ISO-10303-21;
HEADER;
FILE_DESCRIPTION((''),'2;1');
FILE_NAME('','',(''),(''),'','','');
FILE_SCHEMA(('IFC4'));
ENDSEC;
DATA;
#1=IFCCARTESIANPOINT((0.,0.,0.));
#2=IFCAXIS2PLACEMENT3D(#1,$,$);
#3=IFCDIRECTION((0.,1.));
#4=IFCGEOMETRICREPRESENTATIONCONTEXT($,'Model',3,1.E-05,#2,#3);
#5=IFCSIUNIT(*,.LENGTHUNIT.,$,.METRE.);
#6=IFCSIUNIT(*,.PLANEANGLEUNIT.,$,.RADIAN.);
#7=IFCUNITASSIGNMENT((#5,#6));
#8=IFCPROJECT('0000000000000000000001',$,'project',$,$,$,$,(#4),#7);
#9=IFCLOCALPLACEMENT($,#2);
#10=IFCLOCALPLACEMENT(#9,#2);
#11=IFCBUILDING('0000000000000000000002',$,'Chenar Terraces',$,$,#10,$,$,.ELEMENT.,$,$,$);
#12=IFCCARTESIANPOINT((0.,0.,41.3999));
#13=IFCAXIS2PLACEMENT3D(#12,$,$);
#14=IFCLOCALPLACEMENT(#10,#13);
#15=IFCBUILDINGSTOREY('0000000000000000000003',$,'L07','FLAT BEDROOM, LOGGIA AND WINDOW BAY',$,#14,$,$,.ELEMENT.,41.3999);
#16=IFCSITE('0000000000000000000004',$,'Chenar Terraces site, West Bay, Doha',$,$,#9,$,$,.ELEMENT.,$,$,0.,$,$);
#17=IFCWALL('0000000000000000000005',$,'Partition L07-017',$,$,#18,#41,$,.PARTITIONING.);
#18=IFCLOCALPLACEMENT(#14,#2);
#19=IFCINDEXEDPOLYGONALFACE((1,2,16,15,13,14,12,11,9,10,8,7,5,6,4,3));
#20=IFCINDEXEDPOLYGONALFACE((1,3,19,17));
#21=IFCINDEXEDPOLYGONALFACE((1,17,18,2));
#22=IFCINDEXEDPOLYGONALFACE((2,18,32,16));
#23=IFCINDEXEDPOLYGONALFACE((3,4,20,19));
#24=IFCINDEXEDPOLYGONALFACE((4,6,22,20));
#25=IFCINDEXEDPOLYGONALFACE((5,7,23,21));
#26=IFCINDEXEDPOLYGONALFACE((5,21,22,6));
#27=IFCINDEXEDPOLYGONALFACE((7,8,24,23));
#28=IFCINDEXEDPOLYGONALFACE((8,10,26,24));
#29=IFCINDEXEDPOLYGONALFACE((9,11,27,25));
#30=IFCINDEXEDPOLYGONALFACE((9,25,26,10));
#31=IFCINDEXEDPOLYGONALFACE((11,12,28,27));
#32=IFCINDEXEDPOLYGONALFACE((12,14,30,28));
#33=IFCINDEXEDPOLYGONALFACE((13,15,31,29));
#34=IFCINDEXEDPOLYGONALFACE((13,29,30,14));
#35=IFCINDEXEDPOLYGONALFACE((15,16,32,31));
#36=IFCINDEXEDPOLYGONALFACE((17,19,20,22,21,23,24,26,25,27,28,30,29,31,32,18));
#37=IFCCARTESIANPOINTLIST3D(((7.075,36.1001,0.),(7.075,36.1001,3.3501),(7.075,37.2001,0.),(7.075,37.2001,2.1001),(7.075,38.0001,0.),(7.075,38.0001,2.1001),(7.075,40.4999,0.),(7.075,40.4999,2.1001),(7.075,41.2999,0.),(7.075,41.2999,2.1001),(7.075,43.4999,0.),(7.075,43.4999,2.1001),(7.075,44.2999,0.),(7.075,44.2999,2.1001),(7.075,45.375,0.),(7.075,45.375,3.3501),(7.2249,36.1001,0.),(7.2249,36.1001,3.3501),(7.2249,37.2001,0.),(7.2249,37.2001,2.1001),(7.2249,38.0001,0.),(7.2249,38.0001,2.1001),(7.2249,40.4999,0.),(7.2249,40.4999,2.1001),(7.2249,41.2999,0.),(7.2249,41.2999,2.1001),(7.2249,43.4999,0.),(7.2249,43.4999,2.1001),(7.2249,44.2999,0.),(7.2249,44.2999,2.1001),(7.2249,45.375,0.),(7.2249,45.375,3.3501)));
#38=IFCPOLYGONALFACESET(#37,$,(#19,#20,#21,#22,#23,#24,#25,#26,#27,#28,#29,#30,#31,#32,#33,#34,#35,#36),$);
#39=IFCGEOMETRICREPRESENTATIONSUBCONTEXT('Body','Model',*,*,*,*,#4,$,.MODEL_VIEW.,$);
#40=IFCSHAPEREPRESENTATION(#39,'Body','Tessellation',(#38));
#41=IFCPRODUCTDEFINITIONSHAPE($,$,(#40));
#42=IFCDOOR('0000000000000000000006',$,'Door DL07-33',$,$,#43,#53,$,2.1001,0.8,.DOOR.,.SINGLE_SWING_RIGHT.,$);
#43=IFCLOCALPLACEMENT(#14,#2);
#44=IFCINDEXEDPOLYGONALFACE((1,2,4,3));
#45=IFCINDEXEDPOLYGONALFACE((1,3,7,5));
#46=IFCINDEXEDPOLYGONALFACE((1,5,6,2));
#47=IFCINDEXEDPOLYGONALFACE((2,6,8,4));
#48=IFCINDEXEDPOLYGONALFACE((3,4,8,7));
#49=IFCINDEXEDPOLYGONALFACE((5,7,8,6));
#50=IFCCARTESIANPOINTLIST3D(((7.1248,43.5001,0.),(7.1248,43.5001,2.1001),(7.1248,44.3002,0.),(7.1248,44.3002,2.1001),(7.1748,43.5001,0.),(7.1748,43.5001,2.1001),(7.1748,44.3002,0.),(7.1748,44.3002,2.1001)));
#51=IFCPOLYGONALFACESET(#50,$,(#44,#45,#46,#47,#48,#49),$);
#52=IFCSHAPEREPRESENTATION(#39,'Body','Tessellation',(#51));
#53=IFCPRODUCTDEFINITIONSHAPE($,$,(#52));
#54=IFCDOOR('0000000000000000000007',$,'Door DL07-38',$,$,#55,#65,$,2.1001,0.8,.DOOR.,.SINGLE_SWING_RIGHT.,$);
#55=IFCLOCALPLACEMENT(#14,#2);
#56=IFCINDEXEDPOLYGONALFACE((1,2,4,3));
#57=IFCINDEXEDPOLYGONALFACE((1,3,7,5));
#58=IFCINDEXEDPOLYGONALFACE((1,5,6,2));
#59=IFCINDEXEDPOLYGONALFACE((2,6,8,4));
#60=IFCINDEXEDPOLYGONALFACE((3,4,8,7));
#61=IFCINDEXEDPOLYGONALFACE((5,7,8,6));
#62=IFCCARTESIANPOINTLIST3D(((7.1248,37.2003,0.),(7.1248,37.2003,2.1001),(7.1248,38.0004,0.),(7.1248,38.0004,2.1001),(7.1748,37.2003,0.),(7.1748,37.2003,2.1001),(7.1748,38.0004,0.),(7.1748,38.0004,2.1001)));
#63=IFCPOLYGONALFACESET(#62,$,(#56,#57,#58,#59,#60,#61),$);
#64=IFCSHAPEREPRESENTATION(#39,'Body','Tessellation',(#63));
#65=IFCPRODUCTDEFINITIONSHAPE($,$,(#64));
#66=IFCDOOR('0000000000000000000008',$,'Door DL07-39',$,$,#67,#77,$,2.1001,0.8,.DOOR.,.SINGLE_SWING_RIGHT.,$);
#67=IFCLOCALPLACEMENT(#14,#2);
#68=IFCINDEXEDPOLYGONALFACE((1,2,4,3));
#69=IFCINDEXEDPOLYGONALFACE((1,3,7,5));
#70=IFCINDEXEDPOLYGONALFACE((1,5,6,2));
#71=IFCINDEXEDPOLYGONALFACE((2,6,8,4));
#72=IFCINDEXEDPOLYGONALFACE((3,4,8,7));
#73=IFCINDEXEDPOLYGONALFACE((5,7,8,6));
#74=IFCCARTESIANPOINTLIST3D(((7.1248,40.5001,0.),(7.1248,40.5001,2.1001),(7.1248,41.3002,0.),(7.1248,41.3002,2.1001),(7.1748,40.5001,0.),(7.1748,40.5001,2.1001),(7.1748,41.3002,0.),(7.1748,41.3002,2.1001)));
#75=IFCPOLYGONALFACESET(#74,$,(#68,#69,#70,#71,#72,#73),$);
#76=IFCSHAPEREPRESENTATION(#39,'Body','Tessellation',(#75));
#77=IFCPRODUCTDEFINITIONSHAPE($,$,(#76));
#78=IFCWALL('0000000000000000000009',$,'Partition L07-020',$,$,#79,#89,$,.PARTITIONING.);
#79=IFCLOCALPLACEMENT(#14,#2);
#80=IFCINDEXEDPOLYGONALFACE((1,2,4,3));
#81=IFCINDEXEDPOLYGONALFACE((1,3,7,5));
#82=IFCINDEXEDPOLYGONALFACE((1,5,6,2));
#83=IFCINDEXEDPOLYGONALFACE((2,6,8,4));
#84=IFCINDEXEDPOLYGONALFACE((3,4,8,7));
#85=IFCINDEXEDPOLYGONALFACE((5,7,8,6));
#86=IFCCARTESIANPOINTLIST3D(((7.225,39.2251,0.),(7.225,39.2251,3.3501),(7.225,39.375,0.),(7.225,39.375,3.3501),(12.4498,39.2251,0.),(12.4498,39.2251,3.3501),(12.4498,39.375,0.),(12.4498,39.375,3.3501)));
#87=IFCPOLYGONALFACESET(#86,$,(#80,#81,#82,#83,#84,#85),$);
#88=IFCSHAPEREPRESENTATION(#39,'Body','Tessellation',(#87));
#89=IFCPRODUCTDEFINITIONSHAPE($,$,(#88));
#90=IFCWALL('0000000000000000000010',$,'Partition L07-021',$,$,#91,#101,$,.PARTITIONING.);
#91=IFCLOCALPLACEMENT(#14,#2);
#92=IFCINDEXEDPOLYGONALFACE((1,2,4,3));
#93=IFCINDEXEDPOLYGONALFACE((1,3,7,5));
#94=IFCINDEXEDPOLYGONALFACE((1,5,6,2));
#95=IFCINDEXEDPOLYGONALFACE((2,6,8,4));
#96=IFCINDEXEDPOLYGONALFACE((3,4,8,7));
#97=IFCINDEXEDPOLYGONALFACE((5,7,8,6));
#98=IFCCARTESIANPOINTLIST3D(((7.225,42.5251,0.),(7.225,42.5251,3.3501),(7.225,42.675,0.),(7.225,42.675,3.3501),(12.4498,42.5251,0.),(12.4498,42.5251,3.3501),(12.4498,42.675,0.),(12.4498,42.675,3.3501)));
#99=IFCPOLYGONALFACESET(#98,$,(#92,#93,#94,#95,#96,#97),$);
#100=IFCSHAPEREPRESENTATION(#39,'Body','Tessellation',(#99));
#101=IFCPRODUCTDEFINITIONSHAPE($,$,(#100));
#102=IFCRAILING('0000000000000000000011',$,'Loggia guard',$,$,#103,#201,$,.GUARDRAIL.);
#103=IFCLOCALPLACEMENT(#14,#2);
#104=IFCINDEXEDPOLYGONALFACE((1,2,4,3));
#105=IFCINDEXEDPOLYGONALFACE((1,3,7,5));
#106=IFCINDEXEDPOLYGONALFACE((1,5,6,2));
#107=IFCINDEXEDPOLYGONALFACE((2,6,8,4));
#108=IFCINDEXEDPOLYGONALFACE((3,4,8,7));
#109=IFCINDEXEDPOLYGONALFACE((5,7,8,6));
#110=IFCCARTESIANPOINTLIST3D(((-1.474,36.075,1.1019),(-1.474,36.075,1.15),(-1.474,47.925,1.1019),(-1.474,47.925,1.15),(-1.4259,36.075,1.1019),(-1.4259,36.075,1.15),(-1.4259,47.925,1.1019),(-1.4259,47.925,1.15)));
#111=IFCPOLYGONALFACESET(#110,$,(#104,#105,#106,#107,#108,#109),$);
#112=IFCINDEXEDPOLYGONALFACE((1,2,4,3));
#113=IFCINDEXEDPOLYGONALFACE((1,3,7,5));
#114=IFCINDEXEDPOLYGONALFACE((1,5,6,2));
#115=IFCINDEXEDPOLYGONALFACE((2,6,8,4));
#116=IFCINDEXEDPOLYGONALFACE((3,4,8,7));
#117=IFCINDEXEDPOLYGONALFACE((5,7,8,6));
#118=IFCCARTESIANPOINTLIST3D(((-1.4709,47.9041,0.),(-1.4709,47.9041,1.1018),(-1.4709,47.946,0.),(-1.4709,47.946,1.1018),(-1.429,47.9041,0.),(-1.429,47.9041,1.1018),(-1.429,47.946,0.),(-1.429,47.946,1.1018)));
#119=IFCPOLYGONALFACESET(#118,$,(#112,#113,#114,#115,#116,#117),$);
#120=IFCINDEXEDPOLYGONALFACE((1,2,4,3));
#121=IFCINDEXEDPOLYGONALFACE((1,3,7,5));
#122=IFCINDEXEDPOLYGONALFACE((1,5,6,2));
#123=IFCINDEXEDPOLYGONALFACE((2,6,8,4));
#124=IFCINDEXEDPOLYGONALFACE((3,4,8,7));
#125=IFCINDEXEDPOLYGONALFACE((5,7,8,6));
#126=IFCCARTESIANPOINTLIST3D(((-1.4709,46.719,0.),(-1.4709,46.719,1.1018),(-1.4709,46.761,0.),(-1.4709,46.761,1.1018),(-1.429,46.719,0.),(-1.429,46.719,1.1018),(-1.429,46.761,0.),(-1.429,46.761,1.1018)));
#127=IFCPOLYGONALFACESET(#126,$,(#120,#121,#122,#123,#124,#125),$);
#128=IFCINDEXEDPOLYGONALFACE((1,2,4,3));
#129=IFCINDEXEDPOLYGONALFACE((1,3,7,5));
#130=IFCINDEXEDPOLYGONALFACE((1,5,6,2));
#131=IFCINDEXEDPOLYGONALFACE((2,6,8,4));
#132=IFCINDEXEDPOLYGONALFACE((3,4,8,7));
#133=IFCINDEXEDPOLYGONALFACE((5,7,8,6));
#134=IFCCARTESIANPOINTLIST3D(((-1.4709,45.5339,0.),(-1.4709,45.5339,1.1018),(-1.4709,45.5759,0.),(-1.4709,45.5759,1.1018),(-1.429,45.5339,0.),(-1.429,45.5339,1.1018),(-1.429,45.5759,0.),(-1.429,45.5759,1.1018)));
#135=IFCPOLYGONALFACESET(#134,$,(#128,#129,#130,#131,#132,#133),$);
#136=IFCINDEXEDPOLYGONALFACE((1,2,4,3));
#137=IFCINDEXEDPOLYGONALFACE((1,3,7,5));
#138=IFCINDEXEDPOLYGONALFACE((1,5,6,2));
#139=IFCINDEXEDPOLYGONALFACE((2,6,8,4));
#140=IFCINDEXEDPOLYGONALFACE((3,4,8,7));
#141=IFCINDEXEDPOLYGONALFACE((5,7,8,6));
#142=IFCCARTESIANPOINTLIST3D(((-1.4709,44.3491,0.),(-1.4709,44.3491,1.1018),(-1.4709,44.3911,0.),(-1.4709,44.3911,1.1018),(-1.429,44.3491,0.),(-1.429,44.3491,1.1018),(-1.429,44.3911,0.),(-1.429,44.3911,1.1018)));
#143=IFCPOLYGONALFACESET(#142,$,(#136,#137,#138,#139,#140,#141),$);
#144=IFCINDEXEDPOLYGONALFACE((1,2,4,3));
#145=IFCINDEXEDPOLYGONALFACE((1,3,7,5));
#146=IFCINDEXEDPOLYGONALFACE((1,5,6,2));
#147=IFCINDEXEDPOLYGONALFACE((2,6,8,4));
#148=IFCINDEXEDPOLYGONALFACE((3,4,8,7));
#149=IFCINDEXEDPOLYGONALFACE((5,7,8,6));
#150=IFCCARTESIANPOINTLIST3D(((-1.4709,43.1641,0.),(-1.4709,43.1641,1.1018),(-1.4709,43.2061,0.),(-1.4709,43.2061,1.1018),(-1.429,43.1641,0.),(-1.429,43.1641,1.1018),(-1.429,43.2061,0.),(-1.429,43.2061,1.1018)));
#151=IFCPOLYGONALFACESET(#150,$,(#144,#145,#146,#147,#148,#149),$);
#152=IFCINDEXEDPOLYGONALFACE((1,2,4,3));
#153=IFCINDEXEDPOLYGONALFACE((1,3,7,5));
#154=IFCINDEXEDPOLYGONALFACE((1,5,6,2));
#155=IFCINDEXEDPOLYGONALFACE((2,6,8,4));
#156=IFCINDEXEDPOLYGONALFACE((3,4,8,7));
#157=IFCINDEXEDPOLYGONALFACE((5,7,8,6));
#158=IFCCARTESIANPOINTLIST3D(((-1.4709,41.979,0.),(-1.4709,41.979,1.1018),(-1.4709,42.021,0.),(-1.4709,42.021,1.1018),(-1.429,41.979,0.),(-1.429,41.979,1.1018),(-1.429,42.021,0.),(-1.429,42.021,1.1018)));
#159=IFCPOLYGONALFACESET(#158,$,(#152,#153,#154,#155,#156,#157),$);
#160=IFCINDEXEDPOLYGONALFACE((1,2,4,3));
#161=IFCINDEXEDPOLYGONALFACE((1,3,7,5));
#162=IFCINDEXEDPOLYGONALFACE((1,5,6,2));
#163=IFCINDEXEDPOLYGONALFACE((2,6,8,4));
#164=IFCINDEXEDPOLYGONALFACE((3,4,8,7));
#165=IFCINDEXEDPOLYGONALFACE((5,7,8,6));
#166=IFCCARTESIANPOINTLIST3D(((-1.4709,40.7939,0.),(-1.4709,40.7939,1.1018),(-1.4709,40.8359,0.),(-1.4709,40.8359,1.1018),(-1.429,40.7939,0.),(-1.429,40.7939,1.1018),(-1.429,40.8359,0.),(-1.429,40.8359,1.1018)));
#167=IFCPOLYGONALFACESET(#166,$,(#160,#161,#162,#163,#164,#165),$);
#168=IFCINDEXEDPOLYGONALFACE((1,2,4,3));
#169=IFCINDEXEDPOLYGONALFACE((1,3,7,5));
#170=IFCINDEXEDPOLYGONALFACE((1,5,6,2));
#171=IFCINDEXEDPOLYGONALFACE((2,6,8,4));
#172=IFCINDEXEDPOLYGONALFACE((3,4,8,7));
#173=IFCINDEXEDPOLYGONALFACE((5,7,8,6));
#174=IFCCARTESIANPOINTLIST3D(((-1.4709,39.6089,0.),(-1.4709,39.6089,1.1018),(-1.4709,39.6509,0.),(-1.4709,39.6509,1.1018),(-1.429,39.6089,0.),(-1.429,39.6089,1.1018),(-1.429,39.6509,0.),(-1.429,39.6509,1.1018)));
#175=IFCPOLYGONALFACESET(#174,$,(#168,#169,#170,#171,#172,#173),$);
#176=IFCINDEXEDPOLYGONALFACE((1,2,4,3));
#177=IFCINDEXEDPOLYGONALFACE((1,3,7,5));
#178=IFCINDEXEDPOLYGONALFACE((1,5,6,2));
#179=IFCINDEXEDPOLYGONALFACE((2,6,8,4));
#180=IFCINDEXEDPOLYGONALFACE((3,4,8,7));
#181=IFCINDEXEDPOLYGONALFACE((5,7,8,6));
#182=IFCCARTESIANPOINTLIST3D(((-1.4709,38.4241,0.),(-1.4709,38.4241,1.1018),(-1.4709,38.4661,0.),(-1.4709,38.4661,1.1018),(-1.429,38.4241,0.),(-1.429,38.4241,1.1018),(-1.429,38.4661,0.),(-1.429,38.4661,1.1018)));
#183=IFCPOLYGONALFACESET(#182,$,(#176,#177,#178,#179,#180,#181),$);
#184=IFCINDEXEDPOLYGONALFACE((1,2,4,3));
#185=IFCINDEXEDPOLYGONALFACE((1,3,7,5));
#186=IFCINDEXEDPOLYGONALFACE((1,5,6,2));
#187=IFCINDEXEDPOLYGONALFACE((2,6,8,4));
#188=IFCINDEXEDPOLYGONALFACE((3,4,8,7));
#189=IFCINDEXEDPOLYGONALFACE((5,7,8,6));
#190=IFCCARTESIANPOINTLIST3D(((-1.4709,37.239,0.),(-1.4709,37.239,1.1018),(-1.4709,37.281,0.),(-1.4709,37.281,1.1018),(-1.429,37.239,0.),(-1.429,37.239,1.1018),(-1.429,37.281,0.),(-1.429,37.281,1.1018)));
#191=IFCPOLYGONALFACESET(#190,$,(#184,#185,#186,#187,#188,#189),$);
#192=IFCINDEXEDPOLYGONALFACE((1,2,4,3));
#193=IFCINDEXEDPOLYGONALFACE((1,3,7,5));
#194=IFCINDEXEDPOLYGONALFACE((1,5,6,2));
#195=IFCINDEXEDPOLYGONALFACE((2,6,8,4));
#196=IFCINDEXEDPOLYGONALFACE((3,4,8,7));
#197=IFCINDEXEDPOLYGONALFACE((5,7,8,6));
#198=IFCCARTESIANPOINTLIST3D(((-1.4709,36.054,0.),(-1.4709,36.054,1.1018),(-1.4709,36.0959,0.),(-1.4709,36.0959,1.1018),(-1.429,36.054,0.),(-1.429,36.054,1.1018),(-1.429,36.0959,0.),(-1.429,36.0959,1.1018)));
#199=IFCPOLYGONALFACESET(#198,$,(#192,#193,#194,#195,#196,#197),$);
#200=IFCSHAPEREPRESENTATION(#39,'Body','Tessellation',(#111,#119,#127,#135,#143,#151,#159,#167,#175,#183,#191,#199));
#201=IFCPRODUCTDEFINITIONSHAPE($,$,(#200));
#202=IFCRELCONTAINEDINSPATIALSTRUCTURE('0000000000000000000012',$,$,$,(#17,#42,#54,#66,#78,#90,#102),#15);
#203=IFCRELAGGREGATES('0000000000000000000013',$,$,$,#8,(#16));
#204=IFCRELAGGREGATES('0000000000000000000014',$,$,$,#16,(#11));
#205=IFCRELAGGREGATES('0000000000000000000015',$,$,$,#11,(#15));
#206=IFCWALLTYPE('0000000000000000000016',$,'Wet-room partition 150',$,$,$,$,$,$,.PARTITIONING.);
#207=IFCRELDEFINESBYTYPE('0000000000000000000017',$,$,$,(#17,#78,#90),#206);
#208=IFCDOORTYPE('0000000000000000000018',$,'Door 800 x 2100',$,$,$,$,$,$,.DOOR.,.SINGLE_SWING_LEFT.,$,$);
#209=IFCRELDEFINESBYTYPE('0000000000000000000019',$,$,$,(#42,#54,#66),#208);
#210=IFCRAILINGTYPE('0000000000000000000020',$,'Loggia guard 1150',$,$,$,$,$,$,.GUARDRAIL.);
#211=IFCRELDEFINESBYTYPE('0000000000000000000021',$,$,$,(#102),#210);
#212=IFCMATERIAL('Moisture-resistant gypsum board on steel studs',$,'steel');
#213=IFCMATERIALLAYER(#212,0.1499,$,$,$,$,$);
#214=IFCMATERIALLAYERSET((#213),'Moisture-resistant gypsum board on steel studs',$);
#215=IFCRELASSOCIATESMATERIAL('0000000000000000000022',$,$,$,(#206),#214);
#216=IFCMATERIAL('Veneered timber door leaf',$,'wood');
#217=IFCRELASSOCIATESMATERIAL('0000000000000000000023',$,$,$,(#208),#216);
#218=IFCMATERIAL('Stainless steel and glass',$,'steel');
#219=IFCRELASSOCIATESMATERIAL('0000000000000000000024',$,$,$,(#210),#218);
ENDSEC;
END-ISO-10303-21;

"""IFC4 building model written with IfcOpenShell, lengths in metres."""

from ifc_helpers import new_model, si_unit, direction, frame, frame_2d, origin, origin_2d, place, context, subcontext, project, spatial, rectangle, extrude, material, layer, layer_set, type_object, element, fill, save


model = new_model("IFC4")

# Units and contexts
model_context = context("Model", 3, precision=1e-05, world=origin(), true_north=direction((0.0, 1.0)))
body_context = subcontext(model_context, "Body", "Model", "MODEL_VIEW")
ifc_project = project(units=[si_unit("LENGTHUNIT", "METRE"), si_unit("PLANEANGLEUNIT", "RADIAN")], contexts=[model_context])

# Site, building, storey
site_placement = place(None, origin())
site = spatial("IfcSite", under=ifc_project, at=site_placement, Name="Chenar Terraces site, West Bay, Doha", CompositionType="ELEMENT", RefElevation=0.0)
building_placement = place(site_placement, origin())
building = spatial("IfcBuilding", under=site, at=building_placement, Name="Chenar Terraces", CompositionType="ELEMENT")
storey_placement = place(building_placement, frame((0.0, 0.0, 41.3999)))
storey = spatial("IfcBuildingStorey", under=building, at=storey_placement, Name="L07", Description="FLAT BEDROOM, LOGGIA AND WINDOW BAY", CompositionType="ELEMENT", Elevation=41.3999)

# Shared definitions
ifc_material_1 = material(Name="Moisture-resistant gypsum board on steel studs", Category="steel")
ifc_layer_1 = layer(ifc_material_1, 0.1499)
ifc_layer_set_1 = layer_set([ifc_layer_1], Name="Moisture-resistant gypsum board on steel studs")
wall_type_1 = type_object("IfcWallType", Name="Wet-room partition 150", PredefinedType="PARTITIONING", material=ifc_layer_set_1)

# Shared definitions
ifc_material_2 = material(Name="Veneered timber door leaf", Category="wood")
door_type_1 = type_object("IfcDoorType", Name="Door 800 x 2100", OperationType="SINGLE_SWING_LEFT", PredefinedType="DOOR", material=ifc_material_2)

# Wall, openings, doors
wall_1_placement = place(storey_placement, frame((7.1499, 36.1001, 0.0), z_axis=(0.0, 0.0, 1.0), x_axis=(0.0, 1.0, 0.0)))
wall_1 = element("IfcWall", 1, at=wall_1_placement, inside=storey, type_object=wall_type_1, Name="Partition L07-017", PredefinedType="PARTITIONING", context=body_context, shape_type="SweptSolid", body=[
    extrude(rectangle(XDim=9.2749, YDim=0.1499, at=frame_2d((4.6375, 0.0))), origin(), (0.0, 0.0, 1.0), 3.3501),
])
opening_1_placement = place(wall_1_placement, frame((7.3999, 0.0, 0.0)))
opening_1 = element("IfcOpeningElement", 2, at=opening_1_placement, cuts=wall_1, PredefinedType="OPENING", context=body_context, shape_type="SweptSolid", body=[
    extrude(rectangle(XDim=0.8, YDim=2.1001, at=frame_2d((0.3999, 1.05))), frame((0.0, 0.085, 0.0), z_axis=(0.0, -1.0, 0.0), x_axis=(1.0, 0.0, 0.0)), (0.0, 0.0, 1.0), 0.1699),
])
opening_2_placement = place(wall_1_placement, frame((1.1001, 0.0, 0.0)))
opening_2 = element("IfcOpeningElement", 3, at=opening_2_placement, cuts=wall_1, PredefinedType="OPENING", context=body_context, shape_type="SweptSolid", body=[
    extrude(rectangle(XDim=0.8, YDim=2.1001, at=frame_2d((0.3999, 1.05))), frame((0.0, 0.085, 0.0), z_axis=(0.0, -1.0, 0.0), x_axis=(1.0, 0.0, 0.0)), (0.0, 0.0, 1.0), 0.1699),
])
opening_3_placement = place(wall_1_placement, frame((4.3999, 0.0, 0.0)))
opening_3 = element("IfcOpeningElement", 4, at=opening_3_placement, cuts=wall_1, PredefinedType="OPENING", context=body_context, shape_type="SweptSolid", body=[
    extrude(rectangle(XDim=0.8, YDim=2.1001, at=frame_2d((0.3999, 1.05))), frame((0.0, 0.085, 0.0), z_axis=(0.0, -1.0, 0.0), x_axis=(1.0, 0.0, 0.0)), (0.0, 0.0, 1.0), 0.1699),
])
door_1_placement = place(opening_1_placement, frame((0.8, 0.0, 0.0), z_axis=(0.0, 0.0, 1.0), x_axis=(-1.0, 0.0, 0.0)))
door_1 = element("IfcDoor", 5, at=door_1_placement, inside=storey, type_object=door_type_1, Name="Door DL07-33", OperationType="SINGLE_SWING_RIGHT", OverallHeight=2.1001, OverallWidth=0.8, PredefinedType="DOOR", context=body_context, shape_type="SweptSolid", body=[
    extrude(rectangle(XDim=0.8, YDim=2.1001, at=frame_2d((0.3999, 1.05))), frame((0.0, 0.0249, 0.0), z_axis=(0.0, -1.0, 0.0), x_axis=(1.0, 0.0, 0.0)), (0.0, 0.0, 1.0), 0.05),
])
fill(opening_1, door_1)
door_2_placement = place(opening_2_placement, frame((0.8, 0.0, 0.0), z_axis=(0.0, 0.0, 1.0), x_axis=(-1.0, 0.0, 0.0)))
door_2 = element("IfcDoor", 6, at=door_2_placement, inside=storey, type_object=door_type_1, Name="Door DL07-38", OperationType="SINGLE_SWING_RIGHT", OverallHeight=2.1001, OverallWidth=0.8, PredefinedType="DOOR", context=body_context, shape_type="SweptSolid", body=[
    extrude(rectangle(XDim=0.8, YDim=2.1001, at=frame_2d((0.3999, 1.05))), frame((0.0, 0.0249, 0.0), z_axis=(0.0, -1.0, 0.0), x_axis=(1.0, 0.0, 0.0)), (0.0, 0.0, 1.0), 0.05),
])
fill(opening_2, door_2)
door_3_placement = place(opening_3_placement, frame((0.8, 0.0, 0.0), z_axis=(0.0, 0.0, 1.0), x_axis=(-1.0, 0.0, 0.0)))
door_3 = element("IfcDoor", 7, at=door_3_placement, inside=storey, type_object=door_type_1, Name="Door DL07-39", OperationType="SINGLE_SWING_RIGHT", OverallHeight=2.1001, OverallWidth=0.8, PredefinedType="DOOR", context=body_context, shape_type="SweptSolid", body=[
    extrude(rectangle(XDim=0.8, YDim=2.1001, at=frame_2d((0.3999, 1.05))), frame((0.0, 0.0249, 0.0), z_axis=(0.0, -1.0, 0.0), x_axis=(1.0, 0.0, 0.0)), (0.0, 0.0, 1.0), 0.05),
])
fill(opening_3, door_3)

# Walls
for number, where, z_axis, x_axis, name in (
    (8, (7.2251, 39.3, 0.0), (0.0, 0.0, 1.0), (1.0, 0.0, 0.0), "Partition L07-020"),
    (9, (7.2251, 42.6001, 0.0), (0.0, 0.0, 1.0), (1.0, 0.0, 0.0), "Partition L07-021"),
):
    element("IfcWall", number, at=place(storey_placement, frame(where, z_axis=z_axis, x_axis=x_axis)), inside=storey, type_object=wall_type_1, Name=name, PredefinedType="PARTITIONING", context=body_context, shape_type="SweptSolid", body=[
        extrude(rectangle(XDim=5.2249, YDim=0.1499, at=frame_2d((2.6123, 0.0))), origin(), (0.0, 0.0, 1.0), 3.3501),
    ])

# Railing
ifc_material_3 = material(Name="Stainless steel and glass", Category="steel")
railing_type = type_object("IfcRailingType", Name="Loggia guard 1150", PredefinedType="GUARDRAIL", material=ifc_material_3)
railing_placement = place(storey_placement, frame((-1.45, 47.925, 0.0)))
element("IfcRailing", 10, at=railing_placement, inside=storey, type_object=railing_type, Name="Loggia guard", PredefinedType="GUARDRAIL", context=body_context, shape_type="SweptSolid", body=[
    extrude(rectangle(XDim=0.0481, YDim=0.0481, at=origin_2d()), frame((0.0, 0.0, 1.126), z_axis=(0.0, -1.0, 0.0), x_axis=(1.0, 0.0, 0.0)), (0.0, 0.0, 1.0), 11.8501),
    extrude(rectangle(XDim=0.042, YDim=0.042, at=origin_2d()), origin(), (0.0, 0.0, 1.0), 1.1018),
    extrude(rectangle(XDim=0.042, YDim=0.042, at=origin_2d()), frame((0.0, -1.1851, 0.0)), (0.0, 0.0, 1.0), 1.1018),
    extrude(rectangle(XDim=0.042, YDim=0.042, at=origin_2d()), frame((0.0, -2.3701, 0.0)), (0.0, 0.0, 1.0), 1.1018),
    extrude(rectangle(XDim=0.042, YDim=0.042, at=origin_2d()), frame((0.0, -3.5549, 0.0)), (0.0, 0.0, 1.0), 1.1018),
    extrude(rectangle(XDim=0.042, YDim=0.042, at=origin_2d()), frame((0.0, -4.74, 0.0)), (0.0, 0.0, 1.0), 1.1018),
    extrude(rectangle(XDim=0.042, YDim=0.042, at=origin_2d()), frame((0.0, -5.925, 0.0)), (0.0, 0.0, 1.0), 1.1018),
    extrude(rectangle(XDim=0.042, YDim=0.042, at=origin_2d()), frame((0.0, -7.1101, 0.0)), (0.0, 0.0, 1.0), 1.1018),
    extrude(rectangle(XDim=0.042, YDim=0.042, at=origin_2d()), frame((0.0, -8.2952, 0.0)), (0.0, 0.0, 1.0), 1.1018),
    extrude(rectangle(XDim=0.042, YDim=0.042, at=origin_2d()), frame((0.0, -9.48, 0.0)), (0.0, 0.0, 1.0), 1.1018),
    extrude(rectangle(XDim=0.042, YDim=0.042, at=origin_2d()), frame((0.0, -10.665, 0.0)), (0.0, 0.0, 1.0), 1.1018),
    extrude(rectangle(XDim=0.042, YDim=0.042, at=origin_2d()), frame((0.0, -11.8501, 0.0)), (0.0, 0.0, 1.0), 1.1018),
])

save(model, "model.ifc")
